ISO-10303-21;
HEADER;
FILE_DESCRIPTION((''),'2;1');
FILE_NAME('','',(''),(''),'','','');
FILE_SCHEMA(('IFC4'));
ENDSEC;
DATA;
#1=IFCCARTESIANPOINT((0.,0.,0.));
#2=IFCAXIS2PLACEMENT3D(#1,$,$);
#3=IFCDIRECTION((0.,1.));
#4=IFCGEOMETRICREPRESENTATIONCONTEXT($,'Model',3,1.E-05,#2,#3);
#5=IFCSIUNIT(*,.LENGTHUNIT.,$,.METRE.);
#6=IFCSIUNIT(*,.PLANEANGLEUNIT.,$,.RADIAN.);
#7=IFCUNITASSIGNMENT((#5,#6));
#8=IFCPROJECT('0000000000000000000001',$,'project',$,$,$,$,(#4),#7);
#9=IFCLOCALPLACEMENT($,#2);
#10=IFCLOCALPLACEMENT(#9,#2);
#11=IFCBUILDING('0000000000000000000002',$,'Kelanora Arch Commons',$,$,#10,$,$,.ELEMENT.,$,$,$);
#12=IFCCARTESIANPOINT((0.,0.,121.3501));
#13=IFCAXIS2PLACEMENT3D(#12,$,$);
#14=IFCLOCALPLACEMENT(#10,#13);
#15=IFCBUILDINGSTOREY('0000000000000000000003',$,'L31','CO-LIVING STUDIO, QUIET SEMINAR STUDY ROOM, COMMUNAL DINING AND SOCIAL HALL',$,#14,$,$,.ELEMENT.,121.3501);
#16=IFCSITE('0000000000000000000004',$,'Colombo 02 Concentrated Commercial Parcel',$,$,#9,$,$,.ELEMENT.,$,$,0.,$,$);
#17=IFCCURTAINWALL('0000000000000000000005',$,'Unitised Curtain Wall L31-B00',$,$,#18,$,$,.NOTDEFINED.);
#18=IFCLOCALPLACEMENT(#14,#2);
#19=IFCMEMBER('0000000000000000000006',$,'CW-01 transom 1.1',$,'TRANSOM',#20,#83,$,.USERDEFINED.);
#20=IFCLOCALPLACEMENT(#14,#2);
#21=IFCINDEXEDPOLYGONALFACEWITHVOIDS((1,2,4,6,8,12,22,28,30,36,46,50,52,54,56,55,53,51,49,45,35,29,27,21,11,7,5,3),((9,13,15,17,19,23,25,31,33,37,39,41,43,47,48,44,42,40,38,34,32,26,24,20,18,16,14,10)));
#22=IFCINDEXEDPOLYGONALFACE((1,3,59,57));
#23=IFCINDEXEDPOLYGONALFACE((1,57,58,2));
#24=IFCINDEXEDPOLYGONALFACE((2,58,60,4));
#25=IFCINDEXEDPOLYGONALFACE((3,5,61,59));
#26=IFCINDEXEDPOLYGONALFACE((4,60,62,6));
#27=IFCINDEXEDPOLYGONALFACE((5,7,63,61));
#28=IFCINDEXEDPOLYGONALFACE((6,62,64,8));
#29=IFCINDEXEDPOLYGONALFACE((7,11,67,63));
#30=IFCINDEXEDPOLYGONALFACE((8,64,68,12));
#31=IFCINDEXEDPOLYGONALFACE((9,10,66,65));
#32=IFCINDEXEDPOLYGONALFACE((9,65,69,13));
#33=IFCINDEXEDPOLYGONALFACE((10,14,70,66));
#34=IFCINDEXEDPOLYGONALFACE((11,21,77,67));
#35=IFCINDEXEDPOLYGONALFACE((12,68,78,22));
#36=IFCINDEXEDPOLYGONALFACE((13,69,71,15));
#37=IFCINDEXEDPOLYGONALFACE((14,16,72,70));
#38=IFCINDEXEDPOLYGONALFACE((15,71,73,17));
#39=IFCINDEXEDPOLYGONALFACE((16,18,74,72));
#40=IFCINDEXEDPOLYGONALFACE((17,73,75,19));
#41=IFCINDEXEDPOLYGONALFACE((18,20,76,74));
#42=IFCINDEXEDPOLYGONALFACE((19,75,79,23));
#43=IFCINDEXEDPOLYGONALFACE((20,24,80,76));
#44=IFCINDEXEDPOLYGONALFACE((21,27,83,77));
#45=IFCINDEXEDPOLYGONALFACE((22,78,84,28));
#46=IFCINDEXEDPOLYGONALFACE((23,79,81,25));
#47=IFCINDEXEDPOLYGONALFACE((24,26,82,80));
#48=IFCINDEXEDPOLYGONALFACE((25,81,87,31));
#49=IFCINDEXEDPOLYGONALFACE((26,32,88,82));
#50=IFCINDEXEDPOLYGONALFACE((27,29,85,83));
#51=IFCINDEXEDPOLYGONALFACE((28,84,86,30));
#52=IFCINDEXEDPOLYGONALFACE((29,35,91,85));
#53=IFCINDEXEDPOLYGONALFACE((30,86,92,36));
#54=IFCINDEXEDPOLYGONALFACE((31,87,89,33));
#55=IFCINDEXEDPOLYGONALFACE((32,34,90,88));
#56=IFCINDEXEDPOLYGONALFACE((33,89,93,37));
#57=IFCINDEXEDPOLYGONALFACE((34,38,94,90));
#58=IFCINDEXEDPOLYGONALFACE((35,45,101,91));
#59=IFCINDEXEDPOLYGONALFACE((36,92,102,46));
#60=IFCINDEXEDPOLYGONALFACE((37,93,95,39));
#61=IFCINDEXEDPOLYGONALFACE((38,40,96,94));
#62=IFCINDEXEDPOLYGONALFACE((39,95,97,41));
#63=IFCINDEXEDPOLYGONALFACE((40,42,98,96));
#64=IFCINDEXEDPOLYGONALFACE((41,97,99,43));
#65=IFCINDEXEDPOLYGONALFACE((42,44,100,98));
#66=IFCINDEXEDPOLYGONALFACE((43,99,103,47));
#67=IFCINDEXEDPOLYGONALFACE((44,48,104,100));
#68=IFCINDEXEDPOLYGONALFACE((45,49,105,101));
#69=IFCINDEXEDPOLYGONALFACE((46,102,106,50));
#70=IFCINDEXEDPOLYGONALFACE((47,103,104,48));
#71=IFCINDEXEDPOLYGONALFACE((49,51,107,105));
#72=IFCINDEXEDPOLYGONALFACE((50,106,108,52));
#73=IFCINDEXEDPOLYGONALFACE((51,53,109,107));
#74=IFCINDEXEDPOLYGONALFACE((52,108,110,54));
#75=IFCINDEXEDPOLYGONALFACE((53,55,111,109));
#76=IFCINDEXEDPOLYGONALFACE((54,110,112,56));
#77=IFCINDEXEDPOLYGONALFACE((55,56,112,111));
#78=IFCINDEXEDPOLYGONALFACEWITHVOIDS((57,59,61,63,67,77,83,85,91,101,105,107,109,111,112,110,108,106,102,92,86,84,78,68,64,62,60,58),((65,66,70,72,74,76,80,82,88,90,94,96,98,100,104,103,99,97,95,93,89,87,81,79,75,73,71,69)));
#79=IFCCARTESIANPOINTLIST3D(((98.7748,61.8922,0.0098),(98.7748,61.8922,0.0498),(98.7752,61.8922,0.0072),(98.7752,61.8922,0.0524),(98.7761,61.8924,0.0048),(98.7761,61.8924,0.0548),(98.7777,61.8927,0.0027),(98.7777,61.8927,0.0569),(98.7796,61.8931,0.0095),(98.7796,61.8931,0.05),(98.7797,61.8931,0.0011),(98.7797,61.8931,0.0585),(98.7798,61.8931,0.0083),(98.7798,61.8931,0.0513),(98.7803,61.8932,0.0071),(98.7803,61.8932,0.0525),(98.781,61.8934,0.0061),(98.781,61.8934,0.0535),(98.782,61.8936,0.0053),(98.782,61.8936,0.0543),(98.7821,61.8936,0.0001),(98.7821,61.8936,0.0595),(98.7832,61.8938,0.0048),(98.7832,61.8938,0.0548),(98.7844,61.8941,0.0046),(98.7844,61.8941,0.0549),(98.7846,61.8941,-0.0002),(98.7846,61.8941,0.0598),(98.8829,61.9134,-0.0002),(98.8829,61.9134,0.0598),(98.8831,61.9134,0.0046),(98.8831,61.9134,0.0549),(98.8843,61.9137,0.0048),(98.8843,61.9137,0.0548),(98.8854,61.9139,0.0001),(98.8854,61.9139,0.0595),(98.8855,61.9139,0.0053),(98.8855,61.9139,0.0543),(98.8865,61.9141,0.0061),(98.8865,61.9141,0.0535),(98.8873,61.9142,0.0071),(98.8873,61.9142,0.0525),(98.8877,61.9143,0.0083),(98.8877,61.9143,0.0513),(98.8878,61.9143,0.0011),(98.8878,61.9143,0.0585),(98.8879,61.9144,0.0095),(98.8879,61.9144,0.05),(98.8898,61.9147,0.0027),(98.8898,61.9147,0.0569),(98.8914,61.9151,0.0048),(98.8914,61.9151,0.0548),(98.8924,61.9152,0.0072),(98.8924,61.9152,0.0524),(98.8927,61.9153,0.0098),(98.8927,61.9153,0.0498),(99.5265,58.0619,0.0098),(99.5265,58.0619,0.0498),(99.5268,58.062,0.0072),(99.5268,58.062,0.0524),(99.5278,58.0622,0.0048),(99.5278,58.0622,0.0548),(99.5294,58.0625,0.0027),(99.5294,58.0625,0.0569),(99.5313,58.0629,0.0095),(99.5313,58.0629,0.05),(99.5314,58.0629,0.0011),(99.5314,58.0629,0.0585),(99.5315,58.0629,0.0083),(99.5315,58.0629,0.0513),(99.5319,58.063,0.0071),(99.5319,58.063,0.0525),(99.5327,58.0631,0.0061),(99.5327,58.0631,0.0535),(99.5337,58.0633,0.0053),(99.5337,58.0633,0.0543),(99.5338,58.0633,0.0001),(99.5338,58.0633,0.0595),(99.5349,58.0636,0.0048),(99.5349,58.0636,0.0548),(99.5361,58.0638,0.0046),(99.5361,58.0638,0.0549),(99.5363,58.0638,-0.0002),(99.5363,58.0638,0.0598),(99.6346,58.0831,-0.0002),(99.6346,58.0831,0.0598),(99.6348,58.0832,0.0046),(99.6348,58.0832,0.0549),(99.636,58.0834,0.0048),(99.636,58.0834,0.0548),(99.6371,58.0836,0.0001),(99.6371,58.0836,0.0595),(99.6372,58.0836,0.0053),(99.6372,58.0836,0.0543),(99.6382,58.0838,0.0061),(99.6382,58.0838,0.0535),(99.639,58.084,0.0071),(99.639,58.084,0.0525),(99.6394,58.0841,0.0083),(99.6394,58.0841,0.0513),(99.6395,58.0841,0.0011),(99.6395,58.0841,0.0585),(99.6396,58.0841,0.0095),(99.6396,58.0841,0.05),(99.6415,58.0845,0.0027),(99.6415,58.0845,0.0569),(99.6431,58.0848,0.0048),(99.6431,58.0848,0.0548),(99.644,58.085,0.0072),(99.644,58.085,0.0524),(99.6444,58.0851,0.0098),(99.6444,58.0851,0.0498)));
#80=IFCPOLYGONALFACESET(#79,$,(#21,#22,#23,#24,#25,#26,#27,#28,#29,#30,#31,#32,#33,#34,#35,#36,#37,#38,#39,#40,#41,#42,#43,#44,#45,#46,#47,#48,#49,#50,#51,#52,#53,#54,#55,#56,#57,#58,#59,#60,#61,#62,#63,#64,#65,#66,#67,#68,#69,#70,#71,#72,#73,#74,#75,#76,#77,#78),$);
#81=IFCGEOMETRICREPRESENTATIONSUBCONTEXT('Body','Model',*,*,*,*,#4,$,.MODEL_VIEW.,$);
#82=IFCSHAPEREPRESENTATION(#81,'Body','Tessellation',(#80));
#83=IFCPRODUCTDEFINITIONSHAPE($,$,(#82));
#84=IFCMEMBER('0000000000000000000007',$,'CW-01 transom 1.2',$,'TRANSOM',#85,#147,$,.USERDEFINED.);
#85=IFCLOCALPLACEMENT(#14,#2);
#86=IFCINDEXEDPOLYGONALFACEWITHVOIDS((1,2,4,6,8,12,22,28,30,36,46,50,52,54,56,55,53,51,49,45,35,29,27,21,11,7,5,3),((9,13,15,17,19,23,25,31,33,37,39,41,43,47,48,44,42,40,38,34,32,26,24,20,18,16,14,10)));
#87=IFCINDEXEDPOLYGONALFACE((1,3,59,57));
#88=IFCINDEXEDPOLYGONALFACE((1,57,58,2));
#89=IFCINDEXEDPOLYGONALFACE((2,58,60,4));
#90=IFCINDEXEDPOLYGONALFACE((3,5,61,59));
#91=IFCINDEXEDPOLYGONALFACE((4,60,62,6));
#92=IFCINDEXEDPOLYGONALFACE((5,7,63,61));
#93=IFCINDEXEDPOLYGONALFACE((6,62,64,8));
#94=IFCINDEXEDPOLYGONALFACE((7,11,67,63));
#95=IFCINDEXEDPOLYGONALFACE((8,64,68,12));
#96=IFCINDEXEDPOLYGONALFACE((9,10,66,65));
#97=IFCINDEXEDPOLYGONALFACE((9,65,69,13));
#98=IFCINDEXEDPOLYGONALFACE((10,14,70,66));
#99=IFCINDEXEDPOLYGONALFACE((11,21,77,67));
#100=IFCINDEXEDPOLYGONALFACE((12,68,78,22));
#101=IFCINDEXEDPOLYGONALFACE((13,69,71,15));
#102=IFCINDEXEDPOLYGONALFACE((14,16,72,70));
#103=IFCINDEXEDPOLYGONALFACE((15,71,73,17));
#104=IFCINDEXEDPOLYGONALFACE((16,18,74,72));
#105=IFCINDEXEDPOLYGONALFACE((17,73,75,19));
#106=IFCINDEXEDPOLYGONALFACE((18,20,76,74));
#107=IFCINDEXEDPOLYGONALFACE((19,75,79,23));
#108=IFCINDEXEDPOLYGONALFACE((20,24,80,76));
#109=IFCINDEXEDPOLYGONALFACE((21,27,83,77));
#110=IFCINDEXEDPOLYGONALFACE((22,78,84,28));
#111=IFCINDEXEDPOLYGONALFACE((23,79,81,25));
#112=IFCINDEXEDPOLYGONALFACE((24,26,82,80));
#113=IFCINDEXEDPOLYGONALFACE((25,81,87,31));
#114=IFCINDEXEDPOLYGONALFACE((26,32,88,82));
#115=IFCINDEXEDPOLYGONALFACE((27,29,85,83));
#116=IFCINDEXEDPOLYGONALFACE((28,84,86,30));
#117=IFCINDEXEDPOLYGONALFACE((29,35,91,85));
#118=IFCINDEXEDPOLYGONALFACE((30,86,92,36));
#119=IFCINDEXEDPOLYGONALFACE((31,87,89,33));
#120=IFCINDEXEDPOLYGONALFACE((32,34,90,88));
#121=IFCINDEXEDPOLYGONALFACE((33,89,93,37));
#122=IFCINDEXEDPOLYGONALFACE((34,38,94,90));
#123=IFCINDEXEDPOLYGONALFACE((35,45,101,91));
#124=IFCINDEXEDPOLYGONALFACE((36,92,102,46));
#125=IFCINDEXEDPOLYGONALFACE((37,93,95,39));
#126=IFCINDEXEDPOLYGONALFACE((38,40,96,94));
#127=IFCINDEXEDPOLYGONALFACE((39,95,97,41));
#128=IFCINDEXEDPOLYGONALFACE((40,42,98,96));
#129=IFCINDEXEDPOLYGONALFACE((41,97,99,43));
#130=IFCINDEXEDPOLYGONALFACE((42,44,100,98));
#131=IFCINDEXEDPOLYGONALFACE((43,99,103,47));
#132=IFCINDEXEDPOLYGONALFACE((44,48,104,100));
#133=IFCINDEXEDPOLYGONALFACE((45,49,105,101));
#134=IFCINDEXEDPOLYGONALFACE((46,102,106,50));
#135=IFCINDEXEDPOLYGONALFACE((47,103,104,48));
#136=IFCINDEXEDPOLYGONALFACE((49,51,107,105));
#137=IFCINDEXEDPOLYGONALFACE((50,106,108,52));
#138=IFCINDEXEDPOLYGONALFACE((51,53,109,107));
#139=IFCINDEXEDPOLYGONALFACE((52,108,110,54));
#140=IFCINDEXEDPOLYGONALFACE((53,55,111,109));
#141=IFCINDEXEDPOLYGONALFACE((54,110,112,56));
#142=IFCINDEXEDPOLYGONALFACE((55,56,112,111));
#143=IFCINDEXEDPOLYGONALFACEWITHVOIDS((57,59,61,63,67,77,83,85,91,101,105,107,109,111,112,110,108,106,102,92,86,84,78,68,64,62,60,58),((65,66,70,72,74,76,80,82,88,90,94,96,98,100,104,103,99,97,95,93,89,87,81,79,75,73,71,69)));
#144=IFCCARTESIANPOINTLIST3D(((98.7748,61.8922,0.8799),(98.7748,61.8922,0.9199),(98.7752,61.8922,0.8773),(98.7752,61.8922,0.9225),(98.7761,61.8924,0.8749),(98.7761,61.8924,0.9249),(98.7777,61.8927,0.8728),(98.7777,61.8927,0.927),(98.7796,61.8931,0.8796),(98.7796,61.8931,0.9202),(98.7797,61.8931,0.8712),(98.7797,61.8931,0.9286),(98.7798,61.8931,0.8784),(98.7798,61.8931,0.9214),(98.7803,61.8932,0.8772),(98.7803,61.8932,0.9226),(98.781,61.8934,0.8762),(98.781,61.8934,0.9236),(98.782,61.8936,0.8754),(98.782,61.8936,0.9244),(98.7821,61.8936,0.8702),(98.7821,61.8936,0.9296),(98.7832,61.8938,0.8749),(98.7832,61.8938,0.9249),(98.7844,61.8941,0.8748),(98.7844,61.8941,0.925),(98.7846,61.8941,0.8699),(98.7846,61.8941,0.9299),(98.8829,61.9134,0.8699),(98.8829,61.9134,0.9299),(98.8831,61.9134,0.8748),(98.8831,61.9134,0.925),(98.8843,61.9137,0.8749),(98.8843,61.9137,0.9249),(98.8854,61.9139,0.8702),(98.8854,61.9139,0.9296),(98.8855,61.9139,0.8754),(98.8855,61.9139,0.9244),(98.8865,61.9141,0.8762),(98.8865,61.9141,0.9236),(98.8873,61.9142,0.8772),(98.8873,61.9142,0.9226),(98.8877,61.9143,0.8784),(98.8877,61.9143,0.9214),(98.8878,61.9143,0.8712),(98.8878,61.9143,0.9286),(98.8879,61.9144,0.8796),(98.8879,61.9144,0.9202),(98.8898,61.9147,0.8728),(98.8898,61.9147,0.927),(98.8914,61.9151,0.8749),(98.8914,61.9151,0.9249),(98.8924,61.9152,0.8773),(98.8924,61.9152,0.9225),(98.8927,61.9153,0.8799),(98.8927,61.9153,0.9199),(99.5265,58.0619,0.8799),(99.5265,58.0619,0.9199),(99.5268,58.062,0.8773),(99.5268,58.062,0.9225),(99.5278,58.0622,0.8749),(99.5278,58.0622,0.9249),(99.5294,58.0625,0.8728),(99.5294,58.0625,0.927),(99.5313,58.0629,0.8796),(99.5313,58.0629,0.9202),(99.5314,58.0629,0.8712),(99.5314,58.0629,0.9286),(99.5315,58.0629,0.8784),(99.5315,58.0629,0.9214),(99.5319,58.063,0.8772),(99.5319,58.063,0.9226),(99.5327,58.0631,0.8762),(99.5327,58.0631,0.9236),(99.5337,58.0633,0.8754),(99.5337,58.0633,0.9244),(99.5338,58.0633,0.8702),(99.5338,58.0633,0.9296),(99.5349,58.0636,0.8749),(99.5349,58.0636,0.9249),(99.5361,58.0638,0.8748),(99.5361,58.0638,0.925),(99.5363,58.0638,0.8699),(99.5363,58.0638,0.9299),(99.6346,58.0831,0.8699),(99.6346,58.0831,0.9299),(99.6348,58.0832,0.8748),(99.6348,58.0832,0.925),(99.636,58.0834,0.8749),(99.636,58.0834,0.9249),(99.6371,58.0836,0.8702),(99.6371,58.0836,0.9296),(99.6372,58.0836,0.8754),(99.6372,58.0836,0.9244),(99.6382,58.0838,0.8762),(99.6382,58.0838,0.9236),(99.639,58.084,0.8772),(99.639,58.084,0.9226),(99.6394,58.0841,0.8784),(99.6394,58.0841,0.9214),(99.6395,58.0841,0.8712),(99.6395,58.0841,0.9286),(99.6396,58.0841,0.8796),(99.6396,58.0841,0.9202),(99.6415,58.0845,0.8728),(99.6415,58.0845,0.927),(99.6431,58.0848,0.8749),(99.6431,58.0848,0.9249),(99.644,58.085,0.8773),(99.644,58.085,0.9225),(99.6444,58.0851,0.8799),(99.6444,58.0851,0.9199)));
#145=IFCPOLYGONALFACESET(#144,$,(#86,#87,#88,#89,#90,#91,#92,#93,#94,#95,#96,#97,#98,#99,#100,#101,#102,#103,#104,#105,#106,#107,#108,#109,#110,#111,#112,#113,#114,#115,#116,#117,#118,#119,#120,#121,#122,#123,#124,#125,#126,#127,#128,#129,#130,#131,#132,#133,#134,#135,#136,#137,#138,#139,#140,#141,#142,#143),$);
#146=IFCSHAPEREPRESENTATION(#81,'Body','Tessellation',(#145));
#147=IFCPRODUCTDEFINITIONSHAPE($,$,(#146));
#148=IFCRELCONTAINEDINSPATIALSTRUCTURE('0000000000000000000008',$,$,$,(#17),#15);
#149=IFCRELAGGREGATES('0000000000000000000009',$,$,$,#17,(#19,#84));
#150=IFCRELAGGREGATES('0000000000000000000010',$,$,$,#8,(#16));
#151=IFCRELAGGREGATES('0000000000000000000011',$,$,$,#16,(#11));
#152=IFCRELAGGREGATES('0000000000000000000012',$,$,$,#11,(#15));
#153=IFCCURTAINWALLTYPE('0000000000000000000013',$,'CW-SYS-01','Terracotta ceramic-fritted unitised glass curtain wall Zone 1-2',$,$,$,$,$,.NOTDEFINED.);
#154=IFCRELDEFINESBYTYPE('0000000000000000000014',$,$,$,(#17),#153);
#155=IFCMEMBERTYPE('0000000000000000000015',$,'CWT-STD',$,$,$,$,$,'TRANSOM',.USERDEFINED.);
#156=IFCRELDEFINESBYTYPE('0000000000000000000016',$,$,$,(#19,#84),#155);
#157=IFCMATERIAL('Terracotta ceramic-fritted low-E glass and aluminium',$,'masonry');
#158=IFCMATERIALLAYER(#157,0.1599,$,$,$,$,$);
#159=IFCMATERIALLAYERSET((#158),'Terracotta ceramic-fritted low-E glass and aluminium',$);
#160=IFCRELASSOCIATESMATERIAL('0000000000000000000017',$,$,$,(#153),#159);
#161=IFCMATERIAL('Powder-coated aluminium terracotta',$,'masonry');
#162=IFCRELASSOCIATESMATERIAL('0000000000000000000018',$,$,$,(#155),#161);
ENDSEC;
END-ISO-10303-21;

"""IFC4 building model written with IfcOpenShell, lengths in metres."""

from ifc_helpers import new_model, si_unit, direction, frame, origin, origin_2d, place, context, subcontext, project, spatial, hollow_rectangle, extrude, material, layer, layer_set, material_profile, profile_set, type_object, element, aggregate, save


model = new_model("IFC4")

# Units and contexts
model_context = context("Model", 3, precision=1e-05, world=origin(), true_north=direction((0.0, 1.0)))
body_context = subcontext(model_context, "Body", "Model", "MODEL_VIEW")
ifc_project = project(units=[si_unit("LENGTHUNIT", "METRE"), si_unit("PLANEANGLEUNIT", "RADIAN")], contexts=[model_context])

# Site, building, storey
site_placement = place(None, origin())
site = spatial("IfcSite", under=ifc_project, at=site_placement, Name="Colombo 02 Concentrated Commercial Parcel", CompositionType="ELEMENT", RefElevation=0.0)
building_placement = place(site_placement, origin())
building = spatial("IfcBuilding", under=site, at=building_placement, Name="Kelanora Arch Commons", CompositionType="ELEMENT")
storey_placement = place(building_placement, frame((0.0, 0.0, 121.3501)))
storey = spatial("IfcBuildingStorey", under=building, at=storey_placement, Name="L31", Description="CO-LIVING STUDIO, QUIET SEMINAR STUDY ROOM, COMMUNAL DINING AND SOCIAL HALL", CompositionType="ELEMENT", Elevation=121.3501)

# Curtain wall, members
ifc_material_1 = material(Name="Terracotta ceramic-fritted low-E glass and aluminium", Category="masonry")
ifc_layer_1 = layer(ifc_material_1, 0.1599)
ifc_layer_set_1 = layer_set([ifc_layer_1], Name="Terracotta ceramic-fritted low-E glass and aluminium")
curtain_wall_type = type_object("IfcCurtainWallType", Name="CW-SYS-01", Description="Terracotta ceramic-fritted unitised glass curtain wall Zone 1-2", PredefinedType="NOTDEFINED", material=ifc_layer_set_1)
curtain_wall_placement = place(storey_placement, origin())
curtain_wall = element("IfcCurtainWall", 1, at=curtain_wall_placement, inside=storey, type_object=curtain_wall_type, Name="Unitised Curtain Wall L31-B00", PredefinedType="NOTDEFINED")
ifc_material_2 = material(Name="Powder-coated aluminium terracotta", Category="masonry")
ifc_material_profile_1 = material_profile(ifc_material_2, hollow_rectangle(XDim=0.1201, YDim=0.0601, WallThickness=0.0049, InnerFilletRadius=0.0049, OuterFilletRadius=0.01, at=origin_2d()), Name="CWT120x60")
ifc_profile_set_1 = profile_set([ifc_material_profile_1], Name="Powder-coated aluminium terracotta")
member_type_1 = type_object("IfcMemberType", Name="CWT-STD", ElementType="TRANSOM", PredefinedType="USERDEFINED", material=ifc_profile_set_1)
member_1_placement = place(storey_placement, frame((99.5854, 58.0735, 0.0298), z_axis=(-0.192579, 0.981282, 0.0), x_axis=(-0.981282, -0.192579, 0.0)))
member_1 = element("IfcMember", 2, at=member_1_placement, type_object=member_type_1, Name="CW-01 transom 1.1", ObjectType="TRANSOM", PredefinedType="USERDEFINED", context=body_context, shape_type="SweptSolid", body=[
    extrude(hollow_rectangle(XDim=0.1201, YDim=0.0601, WallThickness=0.0049, InnerFilletRadius=0.0049, OuterFilletRadius=0.01, at=origin_2d()), origin(), (0.0, 0.0, 1.0), 3.9033),
])
member_2_placement = place(storey_placement, frame((99.5854, 58.0735, 0.8999), z_axis=(-0.192579, 0.981282, 0.0), x_axis=(-0.981282, -0.192579, 0.0)))
member_2 = element("IfcMember", 3, at=member_2_placement, type_object=member_type_1, Name="CW-01 transom 1.2", ObjectType="TRANSOM", PredefinedType="USERDEFINED", context=body_context, shape_type="SweptSolid", body=[
    extrude(hollow_rectangle(XDim=0.1201, YDim=0.0601, WallThickness=0.0049, InnerFilletRadius=0.0049, OuterFilletRadius=0.01, at=origin_2d()), origin(), (0.0, 0.0, 1.0), 3.9033),
])
aggregate(curtain_wall, [member_1, member_2])

save(model, "model.ifc")
